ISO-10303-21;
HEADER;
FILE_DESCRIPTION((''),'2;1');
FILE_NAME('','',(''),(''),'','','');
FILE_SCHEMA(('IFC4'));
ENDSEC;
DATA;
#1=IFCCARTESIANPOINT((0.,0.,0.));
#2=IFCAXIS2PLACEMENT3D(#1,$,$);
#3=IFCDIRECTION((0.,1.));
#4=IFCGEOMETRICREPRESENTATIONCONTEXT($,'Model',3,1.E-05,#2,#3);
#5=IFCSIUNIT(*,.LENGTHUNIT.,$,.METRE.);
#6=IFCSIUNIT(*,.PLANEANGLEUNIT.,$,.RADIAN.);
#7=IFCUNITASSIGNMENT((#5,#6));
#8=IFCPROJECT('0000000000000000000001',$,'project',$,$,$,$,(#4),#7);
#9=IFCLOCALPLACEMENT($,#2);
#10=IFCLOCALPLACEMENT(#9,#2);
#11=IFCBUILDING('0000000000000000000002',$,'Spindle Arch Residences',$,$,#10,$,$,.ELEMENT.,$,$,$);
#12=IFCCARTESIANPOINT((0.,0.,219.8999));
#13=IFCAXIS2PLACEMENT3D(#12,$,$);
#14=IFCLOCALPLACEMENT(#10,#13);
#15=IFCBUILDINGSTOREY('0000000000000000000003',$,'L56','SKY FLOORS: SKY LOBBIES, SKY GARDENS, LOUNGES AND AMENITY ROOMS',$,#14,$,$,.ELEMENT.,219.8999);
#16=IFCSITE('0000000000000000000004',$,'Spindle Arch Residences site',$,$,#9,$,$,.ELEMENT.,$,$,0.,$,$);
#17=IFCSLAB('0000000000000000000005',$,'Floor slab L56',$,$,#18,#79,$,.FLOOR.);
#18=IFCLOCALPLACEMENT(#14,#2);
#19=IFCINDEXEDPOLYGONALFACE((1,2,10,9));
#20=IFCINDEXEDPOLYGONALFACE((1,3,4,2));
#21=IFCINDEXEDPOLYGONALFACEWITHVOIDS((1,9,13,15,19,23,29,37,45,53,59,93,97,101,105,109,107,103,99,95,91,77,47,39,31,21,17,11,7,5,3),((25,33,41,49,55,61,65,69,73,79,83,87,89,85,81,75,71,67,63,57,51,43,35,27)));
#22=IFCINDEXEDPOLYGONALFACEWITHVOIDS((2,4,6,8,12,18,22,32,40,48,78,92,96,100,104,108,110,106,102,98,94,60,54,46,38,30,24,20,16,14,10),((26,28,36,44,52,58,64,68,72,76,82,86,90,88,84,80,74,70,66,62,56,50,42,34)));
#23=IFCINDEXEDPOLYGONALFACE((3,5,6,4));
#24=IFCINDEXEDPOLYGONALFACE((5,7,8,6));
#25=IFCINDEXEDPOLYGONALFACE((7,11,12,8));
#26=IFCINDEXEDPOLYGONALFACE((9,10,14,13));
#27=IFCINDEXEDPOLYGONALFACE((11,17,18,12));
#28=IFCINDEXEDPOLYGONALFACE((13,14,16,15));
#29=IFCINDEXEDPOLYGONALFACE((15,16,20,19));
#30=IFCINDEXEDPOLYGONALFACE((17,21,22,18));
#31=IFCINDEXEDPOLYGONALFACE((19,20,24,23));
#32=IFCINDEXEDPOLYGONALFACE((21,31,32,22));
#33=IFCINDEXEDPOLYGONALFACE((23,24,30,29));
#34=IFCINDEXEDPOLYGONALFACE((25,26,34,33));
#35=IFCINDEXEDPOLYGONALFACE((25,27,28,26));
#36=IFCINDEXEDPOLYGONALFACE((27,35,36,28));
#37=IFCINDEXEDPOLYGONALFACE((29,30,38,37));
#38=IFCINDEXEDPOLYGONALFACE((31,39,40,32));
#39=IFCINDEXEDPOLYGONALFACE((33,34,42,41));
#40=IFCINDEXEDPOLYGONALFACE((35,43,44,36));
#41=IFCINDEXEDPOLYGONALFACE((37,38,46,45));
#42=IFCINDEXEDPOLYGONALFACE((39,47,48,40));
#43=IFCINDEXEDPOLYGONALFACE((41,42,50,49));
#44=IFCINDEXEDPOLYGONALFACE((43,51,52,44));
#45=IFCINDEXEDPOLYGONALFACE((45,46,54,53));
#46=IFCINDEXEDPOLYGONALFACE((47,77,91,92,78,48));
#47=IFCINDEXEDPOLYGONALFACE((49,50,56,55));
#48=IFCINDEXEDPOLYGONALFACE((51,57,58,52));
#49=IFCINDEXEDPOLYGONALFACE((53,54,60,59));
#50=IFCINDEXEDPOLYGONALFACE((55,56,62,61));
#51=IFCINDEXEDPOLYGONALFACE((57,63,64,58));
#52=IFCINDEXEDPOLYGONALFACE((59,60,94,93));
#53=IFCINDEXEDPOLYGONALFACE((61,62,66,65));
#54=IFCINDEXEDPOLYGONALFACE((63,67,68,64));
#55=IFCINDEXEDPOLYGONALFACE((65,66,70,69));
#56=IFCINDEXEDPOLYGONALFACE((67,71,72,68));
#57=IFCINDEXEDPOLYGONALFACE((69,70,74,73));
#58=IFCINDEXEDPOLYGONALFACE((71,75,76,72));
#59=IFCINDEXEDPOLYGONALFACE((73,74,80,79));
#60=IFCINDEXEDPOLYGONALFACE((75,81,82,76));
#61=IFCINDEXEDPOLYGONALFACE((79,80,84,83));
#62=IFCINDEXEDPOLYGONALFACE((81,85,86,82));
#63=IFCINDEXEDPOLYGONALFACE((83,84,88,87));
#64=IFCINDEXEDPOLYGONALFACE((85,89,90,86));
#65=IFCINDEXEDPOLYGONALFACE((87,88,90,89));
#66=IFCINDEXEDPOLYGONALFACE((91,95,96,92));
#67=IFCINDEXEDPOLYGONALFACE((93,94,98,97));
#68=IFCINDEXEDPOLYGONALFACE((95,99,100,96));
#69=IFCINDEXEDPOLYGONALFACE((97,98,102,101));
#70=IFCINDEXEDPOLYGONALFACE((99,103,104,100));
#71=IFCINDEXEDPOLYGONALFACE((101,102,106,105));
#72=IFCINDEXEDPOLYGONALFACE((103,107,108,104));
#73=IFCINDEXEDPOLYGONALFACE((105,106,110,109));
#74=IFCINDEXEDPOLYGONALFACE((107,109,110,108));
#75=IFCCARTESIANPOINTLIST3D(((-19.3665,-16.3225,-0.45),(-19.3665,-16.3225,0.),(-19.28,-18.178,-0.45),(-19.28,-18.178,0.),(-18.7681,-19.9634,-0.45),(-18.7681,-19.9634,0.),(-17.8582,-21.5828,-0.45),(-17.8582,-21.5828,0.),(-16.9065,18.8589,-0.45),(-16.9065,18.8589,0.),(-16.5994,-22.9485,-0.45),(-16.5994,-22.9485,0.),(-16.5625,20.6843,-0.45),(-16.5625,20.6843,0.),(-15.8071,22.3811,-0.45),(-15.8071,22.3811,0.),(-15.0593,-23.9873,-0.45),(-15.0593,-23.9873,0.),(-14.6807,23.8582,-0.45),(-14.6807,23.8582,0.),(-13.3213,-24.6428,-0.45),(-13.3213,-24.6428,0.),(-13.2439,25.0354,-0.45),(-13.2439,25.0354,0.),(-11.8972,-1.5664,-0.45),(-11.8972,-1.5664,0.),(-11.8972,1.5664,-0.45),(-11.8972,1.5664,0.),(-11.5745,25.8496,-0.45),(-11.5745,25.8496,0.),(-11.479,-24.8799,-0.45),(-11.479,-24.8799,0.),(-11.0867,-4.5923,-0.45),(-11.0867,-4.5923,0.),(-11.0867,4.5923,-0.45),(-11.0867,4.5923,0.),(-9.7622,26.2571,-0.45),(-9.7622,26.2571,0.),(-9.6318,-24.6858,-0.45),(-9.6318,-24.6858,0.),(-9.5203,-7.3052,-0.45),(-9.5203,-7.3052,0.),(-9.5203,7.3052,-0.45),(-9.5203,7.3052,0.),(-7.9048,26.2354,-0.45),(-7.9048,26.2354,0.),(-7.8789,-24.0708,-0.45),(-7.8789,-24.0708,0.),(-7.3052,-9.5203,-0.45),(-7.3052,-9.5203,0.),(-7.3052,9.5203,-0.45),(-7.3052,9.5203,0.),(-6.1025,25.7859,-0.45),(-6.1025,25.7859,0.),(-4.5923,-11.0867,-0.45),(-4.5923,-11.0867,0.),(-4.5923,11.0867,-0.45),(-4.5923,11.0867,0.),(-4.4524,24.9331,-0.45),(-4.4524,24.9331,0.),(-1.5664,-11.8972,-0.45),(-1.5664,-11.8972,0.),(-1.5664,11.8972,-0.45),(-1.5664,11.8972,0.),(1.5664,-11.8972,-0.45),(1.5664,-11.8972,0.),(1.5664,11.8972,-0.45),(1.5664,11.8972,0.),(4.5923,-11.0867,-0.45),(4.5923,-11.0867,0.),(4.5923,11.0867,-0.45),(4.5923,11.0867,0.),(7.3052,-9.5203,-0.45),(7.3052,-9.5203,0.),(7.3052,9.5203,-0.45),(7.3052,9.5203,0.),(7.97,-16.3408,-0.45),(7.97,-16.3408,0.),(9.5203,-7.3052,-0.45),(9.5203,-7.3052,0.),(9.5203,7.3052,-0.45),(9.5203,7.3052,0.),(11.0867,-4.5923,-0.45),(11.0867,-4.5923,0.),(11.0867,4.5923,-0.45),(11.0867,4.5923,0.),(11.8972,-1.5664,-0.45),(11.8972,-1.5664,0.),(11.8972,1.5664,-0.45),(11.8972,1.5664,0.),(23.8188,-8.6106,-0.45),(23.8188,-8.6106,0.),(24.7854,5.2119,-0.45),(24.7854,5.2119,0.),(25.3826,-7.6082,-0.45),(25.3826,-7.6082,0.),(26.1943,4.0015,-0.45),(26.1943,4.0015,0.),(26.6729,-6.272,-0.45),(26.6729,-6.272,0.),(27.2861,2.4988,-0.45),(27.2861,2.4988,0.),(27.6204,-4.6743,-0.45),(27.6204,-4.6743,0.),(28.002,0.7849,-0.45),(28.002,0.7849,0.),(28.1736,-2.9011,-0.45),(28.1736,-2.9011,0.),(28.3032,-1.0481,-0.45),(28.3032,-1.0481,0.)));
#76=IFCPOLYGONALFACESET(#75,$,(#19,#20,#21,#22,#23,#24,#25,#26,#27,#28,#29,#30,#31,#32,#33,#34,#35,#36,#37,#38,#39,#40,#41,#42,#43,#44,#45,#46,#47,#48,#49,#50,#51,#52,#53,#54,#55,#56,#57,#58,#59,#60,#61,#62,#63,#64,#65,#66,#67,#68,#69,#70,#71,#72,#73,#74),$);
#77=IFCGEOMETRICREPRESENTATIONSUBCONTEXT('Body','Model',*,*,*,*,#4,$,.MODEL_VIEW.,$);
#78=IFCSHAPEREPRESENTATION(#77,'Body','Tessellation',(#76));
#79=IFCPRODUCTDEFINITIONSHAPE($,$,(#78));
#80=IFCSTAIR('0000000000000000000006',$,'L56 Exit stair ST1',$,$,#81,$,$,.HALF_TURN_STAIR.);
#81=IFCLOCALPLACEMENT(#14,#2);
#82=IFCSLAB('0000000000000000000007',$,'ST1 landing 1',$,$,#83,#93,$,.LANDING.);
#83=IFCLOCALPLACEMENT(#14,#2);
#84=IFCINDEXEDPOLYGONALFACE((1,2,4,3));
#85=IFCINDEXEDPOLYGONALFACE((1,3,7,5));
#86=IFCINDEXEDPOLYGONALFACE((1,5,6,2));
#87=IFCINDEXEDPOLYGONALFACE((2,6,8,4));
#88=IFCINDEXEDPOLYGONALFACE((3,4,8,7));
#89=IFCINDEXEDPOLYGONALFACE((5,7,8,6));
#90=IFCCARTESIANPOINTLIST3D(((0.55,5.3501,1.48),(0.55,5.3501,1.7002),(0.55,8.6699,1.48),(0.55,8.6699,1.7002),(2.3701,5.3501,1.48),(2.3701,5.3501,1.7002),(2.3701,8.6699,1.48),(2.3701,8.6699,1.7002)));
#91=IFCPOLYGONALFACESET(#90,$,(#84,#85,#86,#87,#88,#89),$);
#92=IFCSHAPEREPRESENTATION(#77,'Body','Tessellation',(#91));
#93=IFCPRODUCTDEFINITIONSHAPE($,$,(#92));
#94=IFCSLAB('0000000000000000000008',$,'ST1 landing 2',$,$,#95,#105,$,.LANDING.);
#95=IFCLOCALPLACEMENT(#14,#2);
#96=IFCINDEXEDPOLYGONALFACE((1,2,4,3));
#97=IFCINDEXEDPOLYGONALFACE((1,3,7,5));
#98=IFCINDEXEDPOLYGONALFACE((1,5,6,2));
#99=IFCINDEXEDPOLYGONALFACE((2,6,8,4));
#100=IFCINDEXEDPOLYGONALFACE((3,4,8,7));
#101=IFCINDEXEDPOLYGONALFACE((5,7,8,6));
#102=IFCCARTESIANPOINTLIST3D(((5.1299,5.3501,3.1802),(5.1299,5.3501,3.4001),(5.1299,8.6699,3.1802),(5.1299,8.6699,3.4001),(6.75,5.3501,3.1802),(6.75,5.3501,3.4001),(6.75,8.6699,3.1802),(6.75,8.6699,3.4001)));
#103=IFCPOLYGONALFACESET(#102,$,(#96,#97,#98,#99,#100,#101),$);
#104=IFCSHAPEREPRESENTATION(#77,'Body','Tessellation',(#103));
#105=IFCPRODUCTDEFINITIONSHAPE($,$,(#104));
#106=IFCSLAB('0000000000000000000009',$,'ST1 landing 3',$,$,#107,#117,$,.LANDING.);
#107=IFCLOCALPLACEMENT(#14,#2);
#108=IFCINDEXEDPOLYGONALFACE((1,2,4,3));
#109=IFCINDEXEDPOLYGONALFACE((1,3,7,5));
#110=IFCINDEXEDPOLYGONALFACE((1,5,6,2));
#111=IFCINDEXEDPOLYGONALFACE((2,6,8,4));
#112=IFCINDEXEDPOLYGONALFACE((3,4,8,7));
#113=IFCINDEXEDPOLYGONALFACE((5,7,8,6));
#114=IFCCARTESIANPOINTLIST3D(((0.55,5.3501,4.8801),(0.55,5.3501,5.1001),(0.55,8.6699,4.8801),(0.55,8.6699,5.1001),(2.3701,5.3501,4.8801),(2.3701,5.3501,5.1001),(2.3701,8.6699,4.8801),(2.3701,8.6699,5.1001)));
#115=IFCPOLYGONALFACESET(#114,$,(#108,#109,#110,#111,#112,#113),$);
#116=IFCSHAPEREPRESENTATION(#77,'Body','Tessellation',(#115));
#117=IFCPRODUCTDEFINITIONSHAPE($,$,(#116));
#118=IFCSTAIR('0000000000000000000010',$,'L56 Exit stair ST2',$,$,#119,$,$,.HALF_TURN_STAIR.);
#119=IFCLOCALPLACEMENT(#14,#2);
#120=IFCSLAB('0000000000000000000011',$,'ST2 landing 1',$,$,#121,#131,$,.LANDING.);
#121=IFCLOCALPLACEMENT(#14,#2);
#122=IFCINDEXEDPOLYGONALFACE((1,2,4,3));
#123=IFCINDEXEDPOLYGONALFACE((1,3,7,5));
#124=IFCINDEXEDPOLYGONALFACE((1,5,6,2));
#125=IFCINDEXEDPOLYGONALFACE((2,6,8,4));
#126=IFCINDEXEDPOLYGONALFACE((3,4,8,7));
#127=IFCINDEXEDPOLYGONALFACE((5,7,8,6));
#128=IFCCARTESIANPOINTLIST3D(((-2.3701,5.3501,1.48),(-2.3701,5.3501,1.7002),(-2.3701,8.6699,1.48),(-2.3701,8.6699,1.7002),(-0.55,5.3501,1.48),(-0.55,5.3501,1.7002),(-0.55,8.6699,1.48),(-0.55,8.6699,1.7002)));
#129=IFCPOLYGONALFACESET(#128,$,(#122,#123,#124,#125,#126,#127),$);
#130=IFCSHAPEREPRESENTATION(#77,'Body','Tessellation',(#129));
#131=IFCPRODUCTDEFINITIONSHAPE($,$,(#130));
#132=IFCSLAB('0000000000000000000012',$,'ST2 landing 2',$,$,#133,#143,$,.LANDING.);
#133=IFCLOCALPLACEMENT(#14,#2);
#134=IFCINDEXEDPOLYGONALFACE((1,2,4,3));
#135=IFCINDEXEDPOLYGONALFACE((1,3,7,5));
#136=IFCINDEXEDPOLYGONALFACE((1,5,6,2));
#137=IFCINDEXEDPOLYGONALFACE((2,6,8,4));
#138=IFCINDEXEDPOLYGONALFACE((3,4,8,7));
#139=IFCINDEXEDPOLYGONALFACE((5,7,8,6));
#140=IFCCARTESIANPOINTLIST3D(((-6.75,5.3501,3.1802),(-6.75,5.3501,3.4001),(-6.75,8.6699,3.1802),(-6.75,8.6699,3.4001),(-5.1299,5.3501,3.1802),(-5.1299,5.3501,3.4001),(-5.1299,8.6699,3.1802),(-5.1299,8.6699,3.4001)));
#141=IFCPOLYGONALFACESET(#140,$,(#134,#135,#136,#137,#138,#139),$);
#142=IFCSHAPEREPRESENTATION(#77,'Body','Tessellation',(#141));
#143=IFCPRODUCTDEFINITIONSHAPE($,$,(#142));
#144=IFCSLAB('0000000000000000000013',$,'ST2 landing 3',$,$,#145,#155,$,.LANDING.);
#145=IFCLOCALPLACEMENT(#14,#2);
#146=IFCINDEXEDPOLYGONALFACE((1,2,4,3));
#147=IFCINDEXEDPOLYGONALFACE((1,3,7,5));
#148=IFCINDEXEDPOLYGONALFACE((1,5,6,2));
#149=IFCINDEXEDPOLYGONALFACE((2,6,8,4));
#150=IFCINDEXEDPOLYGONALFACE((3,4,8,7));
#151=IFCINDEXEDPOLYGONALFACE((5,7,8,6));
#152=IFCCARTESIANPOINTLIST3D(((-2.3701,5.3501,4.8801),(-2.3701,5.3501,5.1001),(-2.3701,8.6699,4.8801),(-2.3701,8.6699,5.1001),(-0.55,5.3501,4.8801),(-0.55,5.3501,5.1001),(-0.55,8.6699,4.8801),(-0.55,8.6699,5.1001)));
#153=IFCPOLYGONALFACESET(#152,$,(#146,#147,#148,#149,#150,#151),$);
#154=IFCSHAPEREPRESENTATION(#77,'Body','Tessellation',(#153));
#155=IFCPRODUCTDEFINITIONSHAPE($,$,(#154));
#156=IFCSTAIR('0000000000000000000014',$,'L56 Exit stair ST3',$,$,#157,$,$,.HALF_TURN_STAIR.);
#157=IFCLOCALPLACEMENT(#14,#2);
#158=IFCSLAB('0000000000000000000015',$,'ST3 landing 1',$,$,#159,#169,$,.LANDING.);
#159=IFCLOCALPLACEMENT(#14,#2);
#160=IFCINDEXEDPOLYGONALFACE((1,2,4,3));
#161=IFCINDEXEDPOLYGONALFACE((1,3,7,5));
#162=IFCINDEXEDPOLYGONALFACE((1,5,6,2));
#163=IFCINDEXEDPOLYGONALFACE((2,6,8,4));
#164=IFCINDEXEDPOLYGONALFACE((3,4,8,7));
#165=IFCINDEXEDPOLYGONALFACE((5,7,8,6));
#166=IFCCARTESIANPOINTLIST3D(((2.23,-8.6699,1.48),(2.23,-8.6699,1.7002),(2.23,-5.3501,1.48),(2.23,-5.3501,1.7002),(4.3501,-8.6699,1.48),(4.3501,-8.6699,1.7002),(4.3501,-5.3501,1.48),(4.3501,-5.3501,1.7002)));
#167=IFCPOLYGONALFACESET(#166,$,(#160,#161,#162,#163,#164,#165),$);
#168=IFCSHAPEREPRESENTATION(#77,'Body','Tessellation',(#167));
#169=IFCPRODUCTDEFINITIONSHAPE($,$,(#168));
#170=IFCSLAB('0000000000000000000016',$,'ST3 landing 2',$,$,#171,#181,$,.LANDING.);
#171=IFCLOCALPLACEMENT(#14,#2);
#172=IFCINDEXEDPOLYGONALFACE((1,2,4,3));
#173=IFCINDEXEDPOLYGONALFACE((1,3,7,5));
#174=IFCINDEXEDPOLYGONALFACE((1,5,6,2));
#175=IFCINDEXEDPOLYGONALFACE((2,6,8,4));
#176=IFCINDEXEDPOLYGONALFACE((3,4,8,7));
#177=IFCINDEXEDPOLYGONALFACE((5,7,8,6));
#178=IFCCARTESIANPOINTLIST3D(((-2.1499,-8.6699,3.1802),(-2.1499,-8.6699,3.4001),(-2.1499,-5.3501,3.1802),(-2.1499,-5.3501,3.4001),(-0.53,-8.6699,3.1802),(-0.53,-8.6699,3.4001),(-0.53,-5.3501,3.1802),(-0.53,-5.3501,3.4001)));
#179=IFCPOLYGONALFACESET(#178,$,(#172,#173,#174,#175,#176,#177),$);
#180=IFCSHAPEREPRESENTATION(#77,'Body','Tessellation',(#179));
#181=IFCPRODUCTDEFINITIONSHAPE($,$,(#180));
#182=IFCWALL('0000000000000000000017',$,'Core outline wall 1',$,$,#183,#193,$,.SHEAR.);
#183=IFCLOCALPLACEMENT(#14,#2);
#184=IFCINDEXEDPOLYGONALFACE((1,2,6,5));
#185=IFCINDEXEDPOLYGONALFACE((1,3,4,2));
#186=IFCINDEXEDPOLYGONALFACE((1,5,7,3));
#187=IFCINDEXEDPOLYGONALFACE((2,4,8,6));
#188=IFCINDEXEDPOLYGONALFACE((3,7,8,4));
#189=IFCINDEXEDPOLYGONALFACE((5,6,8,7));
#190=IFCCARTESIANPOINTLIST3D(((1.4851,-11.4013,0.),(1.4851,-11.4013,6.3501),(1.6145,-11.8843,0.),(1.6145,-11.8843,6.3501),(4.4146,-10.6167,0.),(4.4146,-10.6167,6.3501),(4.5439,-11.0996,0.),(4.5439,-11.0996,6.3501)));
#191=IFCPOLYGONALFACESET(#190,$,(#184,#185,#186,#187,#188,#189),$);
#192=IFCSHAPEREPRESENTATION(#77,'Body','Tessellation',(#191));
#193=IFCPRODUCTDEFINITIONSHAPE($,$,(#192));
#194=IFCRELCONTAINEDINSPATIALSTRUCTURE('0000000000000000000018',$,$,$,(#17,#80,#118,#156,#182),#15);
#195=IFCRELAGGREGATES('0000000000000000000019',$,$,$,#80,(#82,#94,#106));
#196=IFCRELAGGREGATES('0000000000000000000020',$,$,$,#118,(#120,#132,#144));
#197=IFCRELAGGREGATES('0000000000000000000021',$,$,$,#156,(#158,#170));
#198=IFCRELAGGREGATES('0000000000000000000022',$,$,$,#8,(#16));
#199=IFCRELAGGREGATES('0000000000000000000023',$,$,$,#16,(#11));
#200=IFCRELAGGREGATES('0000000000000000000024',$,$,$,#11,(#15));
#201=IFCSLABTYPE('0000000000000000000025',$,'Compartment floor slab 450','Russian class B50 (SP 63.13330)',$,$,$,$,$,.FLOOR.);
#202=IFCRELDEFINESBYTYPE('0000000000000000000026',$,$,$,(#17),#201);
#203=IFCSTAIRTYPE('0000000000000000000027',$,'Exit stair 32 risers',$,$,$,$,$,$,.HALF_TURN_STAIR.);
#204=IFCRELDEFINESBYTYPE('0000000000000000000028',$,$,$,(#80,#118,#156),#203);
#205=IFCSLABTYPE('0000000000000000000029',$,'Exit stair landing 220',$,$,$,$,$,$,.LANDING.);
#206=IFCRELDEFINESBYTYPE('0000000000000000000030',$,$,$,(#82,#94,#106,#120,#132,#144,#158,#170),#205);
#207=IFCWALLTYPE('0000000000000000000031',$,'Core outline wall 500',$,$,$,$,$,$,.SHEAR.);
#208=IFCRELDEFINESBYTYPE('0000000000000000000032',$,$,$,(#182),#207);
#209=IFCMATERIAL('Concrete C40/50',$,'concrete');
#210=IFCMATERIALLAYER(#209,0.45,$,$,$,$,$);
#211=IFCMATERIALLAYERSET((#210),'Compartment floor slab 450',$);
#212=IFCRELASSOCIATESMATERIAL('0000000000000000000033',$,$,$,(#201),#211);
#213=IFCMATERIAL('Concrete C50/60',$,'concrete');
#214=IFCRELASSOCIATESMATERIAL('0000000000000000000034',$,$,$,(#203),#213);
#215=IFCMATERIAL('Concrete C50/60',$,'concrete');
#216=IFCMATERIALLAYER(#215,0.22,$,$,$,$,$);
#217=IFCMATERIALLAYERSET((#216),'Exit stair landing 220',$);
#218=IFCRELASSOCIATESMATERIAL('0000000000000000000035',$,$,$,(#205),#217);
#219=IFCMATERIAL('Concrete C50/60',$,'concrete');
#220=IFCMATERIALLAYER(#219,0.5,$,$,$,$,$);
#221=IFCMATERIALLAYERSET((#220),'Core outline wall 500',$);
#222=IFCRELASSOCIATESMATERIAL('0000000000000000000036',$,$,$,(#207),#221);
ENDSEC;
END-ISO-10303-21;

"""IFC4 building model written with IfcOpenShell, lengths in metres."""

from ifc_helpers import new_model, si_unit, direction, frame, frame_2d, origin, place, context, subcontext, project, spatial, polyline, rectangle, outline, extrude, material, layer, layer_set, type_object, element, aggregate, save


model = new_model("IFC4")

# Units and contexts
model_context = context("Model", 3, precision=1e-05, world=origin(), true_north=direction((0.0, 1.0)))
body_context = subcontext(model_context, "Body", "Model", "MODEL_VIEW")
ifc_project = project(units=[si_unit("LENGTHUNIT", "METRE"), si_unit("PLANEANGLEUNIT", "RADIAN")], contexts=[model_context])

# Site, building, storey
site_placement = place(None, origin())
site = spatial("IfcSite", under=ifc_project, at=site_placement, Name="Spindle Arch Residences site", CompositionType="ELEMENT", RefElevation=0.0)
building_placement = place(site_placement, origin())
building = spatial("IfcBuilding", under=site, at=building_placement, Name="Spindle Arch Residences", CompositionType="ELEMENT")
storey_placement = place(building_placement, frame((0.0, 0.0, 219.8999)))
storey = spatial("IfcBuildingStorey", under=building, at=storey_placement, Name="L56", Description="SKY FLOORS: SKY LOBBIES, SKY GARDENS, LOUNGES AND AMENITY ROOMS", CompositionType="ELEMENT", Elevation=219.8999)

# Slab
ifc_material_1 = material(Name="Concrete C40/50", Category="concrete")
ifc_layer_1 = layer(ifc_material_1, 0.45)
ifc_layer_set_1 = layer_set([ifc_layer_1], Name="Compartment floor slab 450")
slab_type_1 = type_object("IfcSlabType", Name="Compartment floor slab 450", Description="Russian class B50 (SP 63.13330)", PredefinedType="FLOOR", material=ifc_layer_set_1)
slab_1_placement = place(storey_placement, frame((0.0, 0.0, -0.45)))
element("IfcSlab", 1, at=slab_1_placement, inside=storey, type_object=slab_type_1, Name="Floor slab L56", PredefinedType="FLOOR", context=body_context, shape_type="SweptSolid", body=[
    extrude(outline(polyline([(-7.8789, -24.0708), (-9.6318, -24.6858), (-11.479, -24.8799), (-13.3213, -24.6428), (-15.0593, -23.9873), (-16.5994, -22.9485), (-17.8582, -21.5828), (-18.7681, -19.9634), (-19.28, -18.178), (-19.3665, -16.3225), (-16.9065, 18.8589), (-16.5625, 20.6843), (-15.8071, 22.3811), (-14.6807, 23.8582), (-13.2439, 25.0354), (-11.5745, 25.8496), (-9.7622, 26.2571), (-7.9048, 26.2354), (-6.1025, 25.7859), (-4.4524, 24.9331), (24.7854, 5.2119), (26.1943, 4.0015), (27.2861, 2.4988), (28.002, 0.7849), (28.3032, -1.0481), (28.1736, -2.9011), (27.6204, -4.6743), (26.6729, -6.272), (25.3826, -7.6082), (23.8188, -8.6106), (7.97, -16.3408), (-7.8789, -24.0708)]), holes=[polyline([(4.5923, -11.0867), (7.3052, -9.5203), (9.5203, -7.3052), (11.0867, -4.5923), (11.8972, -1.5664), (11.8972, 1.5664), (11.0867, 4.5923), (9.5203, 7.3052), (7.3052, 9.5203), (4.5923, 11.0867), (1.5664, 11.8972), (-1.5664, 11.8972), (-4.5923, 11.0867), (-7.3052, 9.5203), (-9.5203, 7.3052), (-11.0867, 4.5923), (-11.8972, 1.5664), (-11.8972, -1.5664), (-11.0867, -4.5923), (-9.5203, -7.3052), (-7.3052, -9.5203), (-4.5923, -11.0867), (-1.5664, -11.8972), (1.5664, -11.8972), (4.5923, -11.0867)])]), origin(), (0.0, 0.0, 1.0), 0.45),
])

# Stairs, slabs
ifc_material_2 = material(Name="Concrete C50/60", Category="concrete")
stair_type = type_object("IfcStairType", Name="Exit stair 32 risers", PredefinedType="HALF_TURN_STAIR", material=ifc_material_2)
stair_1_placement = place(storey_placement, origin())
stair_1 = element("IfcStair", 2, at=stair_1_placement, inside=storey, type_object=stair_type, Name="L56 Exit stair ST1", PredefinedType="HALF_TURN_STAIR")
ifc_material_3 = material(Name="Concrete C50/60", Category="concrete")
ifc_layer_2 = layer(ifc_material_3, 0.22)
ifc_layer_set_2 = layer_set([ifc_layer_2], Name="Exit stair landing 220")
slab_type_2 = type_object("IfcSlabType", Name="Exit stair landing 220", PredefinedType="LANDING", material=ifc_layer_set_2)
slab_2_placement = place(storey_placement, frame((0.0, 0.0, 1.48)))
slab_2 = element("IfcSlab", 3, at=slab_2_placement, type_object=slab_type_2, Name="ST1 landing 1", PredefinedType="LANDING", context=body_context, shape_type="SweptSolid", body=[
    extrude(outline(polyline([(2.3701, 8.6699), (0.55, 8.6699), (0.55, 5.3501), (2.3701, 5.3501), (2.3701, 8.6699)])), origin(), (0.0, 0.0, 1.0), 0.2202),
])
slab_3_placement = place(storey_placement, frame((0.0, 0.0, 3.1802)))
slab_3 = element("IfcSlab", 4, at=slab_3_placement, type_object=slab_type_2, Name="ST1 landing 2", PredefinedType="LANDING", context=body_context, shape_type="SweptSolid", body=[
    extrude(outline(polyline([(6.75, 8.6699), (5.1299, 8.6699), (5.1299, 5.3501), (6.75, 5.3501), (6.75, 8.6699)])), origin(), (0.0, 0.0, 1.0), 0.22),
])
slab_4_placement = place(storey_placement, frame((0.0, 0.0, 4.8801)))
slab_4 = element("IfcSlab", 5, at=slab_4_placement, type_object=slab_type_2, Name="ST1 landing 3", PredefinedType="LANDING", context=body_context, shape_type="SweptSolid", body=[
    extrude(outline(polyline([(2.3701, 8.6699), (0.55, 8.6699), (0.55, 5.3501), (2.3701, 5.3501), (2.3701, 8.6699)])), origin(), (0.0, 0.0, 1.0), 0.22),
])
aggregate(stair_1, [slab_2, slab_3, slab_4])
stair_2_placement = place(storey_placement, origin())
stair_2 = element("IfcStair", 6, at=stair_2_placement, inside=storey, type_object=stair_type, Name="L56 Exit stair ST2", PredefinedType="HALF_TURN_STAIR")
slab_5_placement = place(storey_placement, frame((0.0, 0.0, 1.48)))
slab_5 = element("IfcSlab", 7, at=slab_5_placement, type_object=slab_type_2, Name="ST2 landing 1", PredefinedType="LANDING", context=body_context, shape_type="SweptSolid", body=[
    extrude(outline(polyline([(-2.3701, 5.3501), (-0.55, 5.3501), (-0.55, 8.6699), (-2.3701, 8.6699), (-2.3701, 5.3501)])), origin(), (0.0, 0.0, 1.0), 0.2202),
])
slab_6_placement = place(storey_placement, frame((0.0, 0.0, 3.1802)))
slab_6 = element("IfcSlab", 8, at=slab_6_placement, type_object=slab_type_2, Name="ST2 landing 2", PredefinedType="LANDING", context=body_context, shape_type="SweptSolid", body=[
    extrude(outline(polyline([(-6.75, 5.3501), (-5.1299, 5.3501), (-5.1299, 8.6699), (-6.75, 8.6699), (-6.75, 5.3501)])), origin(), (0.0, 0.0, 1.0), 0.22),
])
slab_7_placement = place(storey_placement, frame((0.0, 0.0, 4.8801)))
slab_7 = element("IfcSlab", 9, at=slab_7_placement, type_object=slab_type_2, Name="ST2 landing 3", PredefinedType="LANDING", context=body_context, shape_type="SweptSolid", body=[
    extrude(outline(polyline([(-2.3701, 5.3501), (-0.55, 5.3501), (-0.55, 8.6699), (-2.3701, 8.6699), (-2.3701, 5.3501)])), origin(), (0.0, 0.0, 1.0), 0.22),
])
aggregate(stair_2, [slab_5, slab_6, slab_7])
stair_3_placement = place(storey_placement, origin())
stair_3 = element("IfcStair", 10, at=stair_3_placement, inside=storey, type_object=stair_type, Name="L56 Exit stair ST3", PredefinedType="HALF_TURN_STAIR")
slab_8_placement = place(storey_placement, frame((0.0, 0.0, 1.48)))
slab_8 = element("IfcSlab", 11, at=slab_8_placement, type_object=slab_type_2, Name="ST3 landing 1", PredefinedType="LANDING", context=body_context, shape_type="SweptSolid", body=[
    extrude(outline(polyline([(2.23, -8.6699), (4.3501, -8.6699), (4.3501, -5.3501), (2.23, -5.3501), (2.23, -8.6699)])), origin(), (0.0, 0.0, 1.0), 0.2202),
])
slab_9_placement = place(storey_placement, frame((0.0, 0.0, 3.1802)))
slab_9 = element("IfcSlab", 12, at=slab_9_placement, type_object=slab_type_2, Name="ST3 landing 2", PredefinedType="LANDING", context=body_context, shape_type="SweptSolid", body=[
    extrude(outline(polyline([(-2.1499, -8.6699), (-0.53, -8.6699), (-0.53, -5.3501), (-2.1499, -5.3501), (-2.1499, -8.6699)])), origin(), (0.0, 0.0, 1.0), 0.22),
])

# Wall
ifc_material_4 = material(Name="Concrete C50/60", Category="concrete")
ifc_layer_3 = layer(ifc_material_4, 0.5)
ifc_layer_set_3 = layer_set([ifc_layer_3], Name="Core outline wall 500")
wall_type_1 = type_object("IfcWallType", Name="Core outline wall 500", PredefinedType="SHEAR", material=ifc_layer_set_3)
wall_1_placement = place(storey_placement, frame((1.5498, -11.6428, 0.0), z_axis=(0.0, 0.0, 1.0), x_axis=(0.965948, 0.258735, 0.0)))
element("IfcWall", 13, at=wall_1_placement, inside=storey, type_object=wall_type_1, Name="Core outline wall 1", PredefinedType="SHEAR", context=body_context, shape_type="SweptSolid", body=[
    extrude(rectangle(XDim=3.0327, YDim=0.5, at=frame_2d((1.5164, 0.0))), origin(), (0.0, 0.0, 1.0), 6.3501),
])

aggregate(stair_3, [slab_8, slab_9])

save(model, "model.ifc")
